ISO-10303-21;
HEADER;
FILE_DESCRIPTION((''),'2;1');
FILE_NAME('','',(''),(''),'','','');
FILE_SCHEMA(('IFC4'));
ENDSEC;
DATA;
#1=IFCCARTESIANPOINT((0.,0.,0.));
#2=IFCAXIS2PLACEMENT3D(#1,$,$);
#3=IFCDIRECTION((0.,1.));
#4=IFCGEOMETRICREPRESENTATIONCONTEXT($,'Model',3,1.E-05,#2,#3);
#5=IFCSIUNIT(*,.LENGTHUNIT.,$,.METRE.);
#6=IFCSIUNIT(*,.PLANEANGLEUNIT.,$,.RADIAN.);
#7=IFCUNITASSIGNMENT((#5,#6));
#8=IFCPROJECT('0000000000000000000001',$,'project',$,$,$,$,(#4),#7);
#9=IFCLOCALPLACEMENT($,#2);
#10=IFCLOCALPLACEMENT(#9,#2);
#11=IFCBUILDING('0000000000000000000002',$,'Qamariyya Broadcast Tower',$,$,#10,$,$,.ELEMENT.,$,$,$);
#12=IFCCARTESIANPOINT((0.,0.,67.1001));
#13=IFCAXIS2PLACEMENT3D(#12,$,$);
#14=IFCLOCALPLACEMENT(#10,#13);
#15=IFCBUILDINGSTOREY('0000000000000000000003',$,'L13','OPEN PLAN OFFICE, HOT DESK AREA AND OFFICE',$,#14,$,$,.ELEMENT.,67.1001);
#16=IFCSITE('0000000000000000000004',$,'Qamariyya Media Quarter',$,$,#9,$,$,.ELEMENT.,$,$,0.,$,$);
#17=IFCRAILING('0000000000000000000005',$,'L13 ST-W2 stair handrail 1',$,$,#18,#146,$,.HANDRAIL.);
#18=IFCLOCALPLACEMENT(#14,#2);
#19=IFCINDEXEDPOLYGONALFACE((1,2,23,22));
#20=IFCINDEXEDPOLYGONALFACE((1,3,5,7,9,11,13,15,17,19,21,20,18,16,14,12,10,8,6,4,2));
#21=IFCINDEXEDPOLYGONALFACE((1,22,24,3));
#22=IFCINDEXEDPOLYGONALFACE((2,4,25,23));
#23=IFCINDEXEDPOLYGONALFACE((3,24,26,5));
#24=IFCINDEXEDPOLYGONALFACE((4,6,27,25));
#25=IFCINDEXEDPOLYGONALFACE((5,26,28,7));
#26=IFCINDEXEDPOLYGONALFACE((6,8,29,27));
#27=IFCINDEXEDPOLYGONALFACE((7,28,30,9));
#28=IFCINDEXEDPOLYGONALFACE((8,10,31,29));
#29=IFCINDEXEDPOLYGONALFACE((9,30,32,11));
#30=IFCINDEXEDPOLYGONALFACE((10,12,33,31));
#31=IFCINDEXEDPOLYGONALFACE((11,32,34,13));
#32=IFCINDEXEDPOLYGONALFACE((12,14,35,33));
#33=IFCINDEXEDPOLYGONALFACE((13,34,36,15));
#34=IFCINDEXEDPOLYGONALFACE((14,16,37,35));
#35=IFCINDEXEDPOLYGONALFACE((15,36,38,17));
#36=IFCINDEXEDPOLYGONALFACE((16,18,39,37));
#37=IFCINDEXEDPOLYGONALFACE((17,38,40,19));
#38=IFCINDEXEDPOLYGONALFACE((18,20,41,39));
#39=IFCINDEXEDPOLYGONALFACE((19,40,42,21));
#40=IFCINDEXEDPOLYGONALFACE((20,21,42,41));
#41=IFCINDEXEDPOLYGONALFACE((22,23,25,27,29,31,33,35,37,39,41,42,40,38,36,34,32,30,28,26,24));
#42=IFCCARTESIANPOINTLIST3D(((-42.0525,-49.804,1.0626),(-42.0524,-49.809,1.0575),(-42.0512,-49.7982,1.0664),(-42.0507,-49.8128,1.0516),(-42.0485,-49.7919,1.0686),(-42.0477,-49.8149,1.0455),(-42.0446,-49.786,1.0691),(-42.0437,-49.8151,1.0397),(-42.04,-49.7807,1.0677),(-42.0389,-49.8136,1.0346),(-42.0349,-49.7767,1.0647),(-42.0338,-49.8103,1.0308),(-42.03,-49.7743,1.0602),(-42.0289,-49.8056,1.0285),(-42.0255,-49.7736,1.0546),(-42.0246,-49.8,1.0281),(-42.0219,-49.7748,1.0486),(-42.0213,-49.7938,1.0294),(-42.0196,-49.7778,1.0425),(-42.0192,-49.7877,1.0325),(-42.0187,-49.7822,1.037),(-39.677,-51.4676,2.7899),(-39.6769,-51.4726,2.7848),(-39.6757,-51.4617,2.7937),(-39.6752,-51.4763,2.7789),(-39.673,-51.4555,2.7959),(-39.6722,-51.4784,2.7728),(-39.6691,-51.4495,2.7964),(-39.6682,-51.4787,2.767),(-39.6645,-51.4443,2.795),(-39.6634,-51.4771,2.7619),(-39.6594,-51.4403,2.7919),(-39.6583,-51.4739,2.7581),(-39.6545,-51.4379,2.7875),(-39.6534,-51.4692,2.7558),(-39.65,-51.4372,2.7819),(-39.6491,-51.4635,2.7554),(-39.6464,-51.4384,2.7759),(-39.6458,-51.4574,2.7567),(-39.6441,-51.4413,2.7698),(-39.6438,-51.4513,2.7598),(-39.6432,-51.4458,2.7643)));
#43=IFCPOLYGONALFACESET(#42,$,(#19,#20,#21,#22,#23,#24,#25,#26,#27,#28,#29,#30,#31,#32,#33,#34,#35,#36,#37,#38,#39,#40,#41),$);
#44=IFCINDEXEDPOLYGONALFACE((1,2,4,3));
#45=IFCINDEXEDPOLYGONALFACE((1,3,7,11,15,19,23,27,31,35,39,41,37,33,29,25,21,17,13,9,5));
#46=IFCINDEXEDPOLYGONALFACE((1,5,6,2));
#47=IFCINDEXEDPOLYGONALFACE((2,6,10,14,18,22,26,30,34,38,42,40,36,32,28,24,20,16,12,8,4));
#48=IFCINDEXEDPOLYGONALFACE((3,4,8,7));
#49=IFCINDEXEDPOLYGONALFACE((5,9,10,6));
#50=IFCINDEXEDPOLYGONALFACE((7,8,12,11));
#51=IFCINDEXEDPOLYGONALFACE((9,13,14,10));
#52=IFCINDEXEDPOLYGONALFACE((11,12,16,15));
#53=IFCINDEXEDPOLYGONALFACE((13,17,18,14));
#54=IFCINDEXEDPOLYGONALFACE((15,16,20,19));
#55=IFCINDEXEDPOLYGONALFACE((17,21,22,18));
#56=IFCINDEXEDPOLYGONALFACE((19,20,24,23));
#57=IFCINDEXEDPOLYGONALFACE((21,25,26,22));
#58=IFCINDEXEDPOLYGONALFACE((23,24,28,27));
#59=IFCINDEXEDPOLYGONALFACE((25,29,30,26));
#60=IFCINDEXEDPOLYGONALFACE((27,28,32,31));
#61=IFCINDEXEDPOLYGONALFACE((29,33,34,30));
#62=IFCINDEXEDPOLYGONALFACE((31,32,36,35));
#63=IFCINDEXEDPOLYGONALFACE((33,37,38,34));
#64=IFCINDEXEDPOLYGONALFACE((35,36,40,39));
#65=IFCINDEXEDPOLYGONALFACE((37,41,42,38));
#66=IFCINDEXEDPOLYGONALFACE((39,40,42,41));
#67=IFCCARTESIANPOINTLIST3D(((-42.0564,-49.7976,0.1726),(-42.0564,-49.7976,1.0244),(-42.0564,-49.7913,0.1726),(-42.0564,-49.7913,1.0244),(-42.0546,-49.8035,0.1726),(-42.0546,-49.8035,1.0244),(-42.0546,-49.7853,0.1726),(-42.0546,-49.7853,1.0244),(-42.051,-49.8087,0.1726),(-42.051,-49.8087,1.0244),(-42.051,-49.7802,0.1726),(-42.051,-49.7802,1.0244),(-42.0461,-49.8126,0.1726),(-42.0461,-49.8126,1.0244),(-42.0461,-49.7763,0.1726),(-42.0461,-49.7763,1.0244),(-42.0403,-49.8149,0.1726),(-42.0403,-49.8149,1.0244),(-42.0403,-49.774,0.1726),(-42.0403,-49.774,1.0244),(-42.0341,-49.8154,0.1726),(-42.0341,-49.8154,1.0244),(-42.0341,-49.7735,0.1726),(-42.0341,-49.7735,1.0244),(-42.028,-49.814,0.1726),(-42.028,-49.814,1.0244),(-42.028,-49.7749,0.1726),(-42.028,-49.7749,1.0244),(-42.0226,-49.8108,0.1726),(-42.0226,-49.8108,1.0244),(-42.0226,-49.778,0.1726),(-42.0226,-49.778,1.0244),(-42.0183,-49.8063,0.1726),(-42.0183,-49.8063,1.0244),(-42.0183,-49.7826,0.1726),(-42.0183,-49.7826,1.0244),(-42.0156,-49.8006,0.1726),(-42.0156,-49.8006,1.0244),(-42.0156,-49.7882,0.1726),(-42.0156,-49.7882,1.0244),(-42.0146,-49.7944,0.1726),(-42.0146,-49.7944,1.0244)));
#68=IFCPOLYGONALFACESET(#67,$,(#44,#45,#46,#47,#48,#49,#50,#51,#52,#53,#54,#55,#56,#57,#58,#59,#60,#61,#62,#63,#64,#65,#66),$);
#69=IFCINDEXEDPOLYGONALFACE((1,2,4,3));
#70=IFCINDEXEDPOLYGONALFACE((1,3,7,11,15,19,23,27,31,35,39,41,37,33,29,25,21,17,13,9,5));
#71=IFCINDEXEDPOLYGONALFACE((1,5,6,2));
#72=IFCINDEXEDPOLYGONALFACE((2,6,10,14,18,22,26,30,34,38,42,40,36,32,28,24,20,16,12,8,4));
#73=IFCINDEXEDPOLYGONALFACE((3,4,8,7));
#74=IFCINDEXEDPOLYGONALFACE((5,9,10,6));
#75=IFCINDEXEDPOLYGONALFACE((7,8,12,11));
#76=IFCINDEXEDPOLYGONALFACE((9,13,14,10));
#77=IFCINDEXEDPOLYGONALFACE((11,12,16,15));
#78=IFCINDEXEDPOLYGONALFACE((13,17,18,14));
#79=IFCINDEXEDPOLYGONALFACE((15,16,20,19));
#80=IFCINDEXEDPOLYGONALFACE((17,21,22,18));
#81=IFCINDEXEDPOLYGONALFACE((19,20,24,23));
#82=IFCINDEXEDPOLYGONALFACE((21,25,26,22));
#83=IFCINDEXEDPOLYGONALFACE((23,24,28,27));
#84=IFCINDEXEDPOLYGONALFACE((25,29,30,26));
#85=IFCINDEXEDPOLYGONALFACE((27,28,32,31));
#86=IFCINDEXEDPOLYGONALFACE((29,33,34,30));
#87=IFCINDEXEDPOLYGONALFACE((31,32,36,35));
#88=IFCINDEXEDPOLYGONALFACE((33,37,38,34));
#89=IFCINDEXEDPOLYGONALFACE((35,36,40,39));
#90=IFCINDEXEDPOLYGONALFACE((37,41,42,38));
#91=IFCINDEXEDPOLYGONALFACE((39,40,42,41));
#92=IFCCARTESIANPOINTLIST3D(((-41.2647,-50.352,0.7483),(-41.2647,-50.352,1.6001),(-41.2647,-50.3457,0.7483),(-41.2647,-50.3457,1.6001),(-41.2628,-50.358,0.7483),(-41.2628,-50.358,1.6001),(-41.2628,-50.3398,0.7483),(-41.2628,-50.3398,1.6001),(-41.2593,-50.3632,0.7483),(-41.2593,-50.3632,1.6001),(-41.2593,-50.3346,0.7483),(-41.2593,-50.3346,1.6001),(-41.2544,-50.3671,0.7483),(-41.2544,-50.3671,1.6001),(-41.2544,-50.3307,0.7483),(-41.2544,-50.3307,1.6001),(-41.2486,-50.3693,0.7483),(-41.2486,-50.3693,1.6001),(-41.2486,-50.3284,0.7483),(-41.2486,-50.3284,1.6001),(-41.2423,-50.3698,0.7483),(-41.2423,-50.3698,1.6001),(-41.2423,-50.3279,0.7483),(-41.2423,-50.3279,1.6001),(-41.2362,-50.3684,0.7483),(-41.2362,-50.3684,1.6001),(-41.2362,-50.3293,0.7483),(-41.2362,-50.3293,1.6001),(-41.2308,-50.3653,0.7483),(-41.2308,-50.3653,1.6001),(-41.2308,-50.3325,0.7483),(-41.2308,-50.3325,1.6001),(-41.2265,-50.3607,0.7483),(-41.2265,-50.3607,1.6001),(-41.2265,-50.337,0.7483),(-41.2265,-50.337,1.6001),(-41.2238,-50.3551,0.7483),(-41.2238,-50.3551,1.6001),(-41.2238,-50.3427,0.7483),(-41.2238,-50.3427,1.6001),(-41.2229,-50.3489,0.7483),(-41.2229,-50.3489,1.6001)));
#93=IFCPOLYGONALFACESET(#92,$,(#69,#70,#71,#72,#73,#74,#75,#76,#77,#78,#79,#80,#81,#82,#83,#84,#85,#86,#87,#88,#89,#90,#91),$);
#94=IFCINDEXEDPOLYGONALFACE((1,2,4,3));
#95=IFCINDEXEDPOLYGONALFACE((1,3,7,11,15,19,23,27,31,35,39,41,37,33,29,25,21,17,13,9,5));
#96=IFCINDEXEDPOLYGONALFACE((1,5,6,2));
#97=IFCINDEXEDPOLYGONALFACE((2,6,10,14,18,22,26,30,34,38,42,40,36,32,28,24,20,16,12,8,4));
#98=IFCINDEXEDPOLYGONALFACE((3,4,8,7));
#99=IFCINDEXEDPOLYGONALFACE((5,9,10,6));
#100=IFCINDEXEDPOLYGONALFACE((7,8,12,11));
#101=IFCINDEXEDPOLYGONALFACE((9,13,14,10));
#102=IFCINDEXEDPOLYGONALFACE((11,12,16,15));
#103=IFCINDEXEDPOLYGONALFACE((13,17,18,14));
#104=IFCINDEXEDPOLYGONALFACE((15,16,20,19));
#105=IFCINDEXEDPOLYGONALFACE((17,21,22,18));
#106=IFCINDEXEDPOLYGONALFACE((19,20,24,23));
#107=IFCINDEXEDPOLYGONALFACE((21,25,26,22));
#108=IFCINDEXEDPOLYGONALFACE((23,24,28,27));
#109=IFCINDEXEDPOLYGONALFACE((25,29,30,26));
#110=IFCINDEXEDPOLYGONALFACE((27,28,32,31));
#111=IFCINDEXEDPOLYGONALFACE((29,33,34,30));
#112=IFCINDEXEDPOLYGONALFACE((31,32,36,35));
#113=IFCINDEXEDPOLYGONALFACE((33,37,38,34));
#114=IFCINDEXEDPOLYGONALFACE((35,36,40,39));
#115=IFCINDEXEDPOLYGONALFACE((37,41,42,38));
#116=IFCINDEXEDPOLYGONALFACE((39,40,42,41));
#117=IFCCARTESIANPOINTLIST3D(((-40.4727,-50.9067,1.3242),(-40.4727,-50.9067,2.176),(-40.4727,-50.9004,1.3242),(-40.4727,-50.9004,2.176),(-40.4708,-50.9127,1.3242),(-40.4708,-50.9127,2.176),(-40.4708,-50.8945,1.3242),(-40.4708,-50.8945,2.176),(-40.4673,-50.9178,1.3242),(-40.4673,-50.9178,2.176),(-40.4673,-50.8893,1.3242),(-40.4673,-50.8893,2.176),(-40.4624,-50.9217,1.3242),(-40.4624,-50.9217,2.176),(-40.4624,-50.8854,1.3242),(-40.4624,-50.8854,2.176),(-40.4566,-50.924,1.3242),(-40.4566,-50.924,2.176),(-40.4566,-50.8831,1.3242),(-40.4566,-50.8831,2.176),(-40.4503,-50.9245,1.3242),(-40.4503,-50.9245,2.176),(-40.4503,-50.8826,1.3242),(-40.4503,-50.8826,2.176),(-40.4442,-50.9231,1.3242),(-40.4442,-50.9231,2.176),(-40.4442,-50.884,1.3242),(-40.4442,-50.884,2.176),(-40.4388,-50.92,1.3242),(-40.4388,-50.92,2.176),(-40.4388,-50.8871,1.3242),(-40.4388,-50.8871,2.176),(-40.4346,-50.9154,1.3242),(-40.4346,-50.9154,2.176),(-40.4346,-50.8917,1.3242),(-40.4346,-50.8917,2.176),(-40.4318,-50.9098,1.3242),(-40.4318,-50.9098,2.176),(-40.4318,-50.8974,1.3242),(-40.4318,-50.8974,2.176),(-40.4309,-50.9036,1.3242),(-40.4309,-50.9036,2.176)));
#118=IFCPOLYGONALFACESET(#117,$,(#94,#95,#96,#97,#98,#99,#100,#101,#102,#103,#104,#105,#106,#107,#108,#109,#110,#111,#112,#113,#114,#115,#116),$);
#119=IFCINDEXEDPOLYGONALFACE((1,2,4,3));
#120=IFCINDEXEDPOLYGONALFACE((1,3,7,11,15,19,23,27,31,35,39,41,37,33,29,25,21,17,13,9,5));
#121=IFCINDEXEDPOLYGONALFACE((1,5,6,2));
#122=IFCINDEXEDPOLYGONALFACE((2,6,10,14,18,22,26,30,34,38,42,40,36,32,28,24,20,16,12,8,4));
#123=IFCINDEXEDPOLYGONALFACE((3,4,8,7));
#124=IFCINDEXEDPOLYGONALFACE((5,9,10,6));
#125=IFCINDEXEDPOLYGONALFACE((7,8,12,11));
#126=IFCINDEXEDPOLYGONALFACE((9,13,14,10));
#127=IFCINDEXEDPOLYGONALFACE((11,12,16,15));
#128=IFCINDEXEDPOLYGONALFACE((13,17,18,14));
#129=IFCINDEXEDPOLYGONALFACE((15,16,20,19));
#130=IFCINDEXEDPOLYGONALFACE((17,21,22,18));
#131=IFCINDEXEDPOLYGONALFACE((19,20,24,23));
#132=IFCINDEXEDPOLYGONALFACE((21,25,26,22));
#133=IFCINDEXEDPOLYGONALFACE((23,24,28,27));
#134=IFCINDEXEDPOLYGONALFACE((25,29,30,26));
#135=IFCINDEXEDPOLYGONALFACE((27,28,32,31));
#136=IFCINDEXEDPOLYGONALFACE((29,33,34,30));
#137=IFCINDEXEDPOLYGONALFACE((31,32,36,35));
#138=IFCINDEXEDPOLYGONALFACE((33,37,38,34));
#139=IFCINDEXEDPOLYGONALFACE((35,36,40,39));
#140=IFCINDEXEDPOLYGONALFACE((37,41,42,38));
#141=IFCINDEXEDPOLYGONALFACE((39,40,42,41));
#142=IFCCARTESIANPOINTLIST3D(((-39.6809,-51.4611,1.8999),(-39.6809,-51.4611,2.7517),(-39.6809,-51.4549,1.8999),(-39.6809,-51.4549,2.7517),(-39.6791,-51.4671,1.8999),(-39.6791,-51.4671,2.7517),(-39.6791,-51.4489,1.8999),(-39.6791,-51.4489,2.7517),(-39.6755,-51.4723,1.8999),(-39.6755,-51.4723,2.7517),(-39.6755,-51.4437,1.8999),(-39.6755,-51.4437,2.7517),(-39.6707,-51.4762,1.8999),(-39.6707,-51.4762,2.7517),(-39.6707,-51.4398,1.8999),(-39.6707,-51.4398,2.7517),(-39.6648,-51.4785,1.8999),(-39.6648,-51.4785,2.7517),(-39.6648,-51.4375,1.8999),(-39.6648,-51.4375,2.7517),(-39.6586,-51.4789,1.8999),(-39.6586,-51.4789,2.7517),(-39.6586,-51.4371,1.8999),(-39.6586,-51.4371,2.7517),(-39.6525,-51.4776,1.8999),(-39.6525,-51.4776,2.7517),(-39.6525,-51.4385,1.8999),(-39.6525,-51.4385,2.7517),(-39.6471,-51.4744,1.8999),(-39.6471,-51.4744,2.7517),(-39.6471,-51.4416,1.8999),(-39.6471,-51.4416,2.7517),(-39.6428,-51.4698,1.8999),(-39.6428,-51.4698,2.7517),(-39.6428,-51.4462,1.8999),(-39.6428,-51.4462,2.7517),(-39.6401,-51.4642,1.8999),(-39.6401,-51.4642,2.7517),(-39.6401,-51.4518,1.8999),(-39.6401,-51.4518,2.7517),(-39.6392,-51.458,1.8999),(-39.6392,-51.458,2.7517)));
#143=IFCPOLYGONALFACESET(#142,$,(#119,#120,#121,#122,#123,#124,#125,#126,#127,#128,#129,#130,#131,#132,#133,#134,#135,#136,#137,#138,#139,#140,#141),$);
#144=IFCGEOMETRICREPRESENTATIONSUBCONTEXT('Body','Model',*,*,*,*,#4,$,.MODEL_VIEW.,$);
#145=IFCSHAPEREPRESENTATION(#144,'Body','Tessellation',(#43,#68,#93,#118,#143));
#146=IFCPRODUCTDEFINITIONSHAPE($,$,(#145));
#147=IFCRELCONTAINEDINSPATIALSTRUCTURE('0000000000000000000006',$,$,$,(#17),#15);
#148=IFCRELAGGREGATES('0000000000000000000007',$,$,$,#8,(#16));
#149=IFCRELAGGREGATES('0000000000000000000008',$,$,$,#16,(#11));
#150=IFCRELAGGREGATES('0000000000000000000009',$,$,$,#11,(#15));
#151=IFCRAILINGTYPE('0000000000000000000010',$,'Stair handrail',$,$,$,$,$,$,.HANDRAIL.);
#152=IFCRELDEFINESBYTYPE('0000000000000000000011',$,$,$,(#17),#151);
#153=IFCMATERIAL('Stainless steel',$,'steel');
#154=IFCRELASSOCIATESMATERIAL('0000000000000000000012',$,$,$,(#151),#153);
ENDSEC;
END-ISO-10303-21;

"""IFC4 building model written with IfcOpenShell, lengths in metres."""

from ifc_helpers import new_model, si_unit, direction, frame, origin, origin_2d, place, context, subcontext, project, spatial, circle, extrude, material, type_object, element, save


model = new_model("IFC4")

# Units and contexts
model_context = context("Model", 3, precision=1e-05, world=origin(), true_north=direction((0.0, 1.0)))
body_context = subcontext(model_context, "Body", "Model", "MODEL_VIEW")
ifc_project = project(units=[si_unit("LENGTHUNIT", "METRE"), si_unit("PLANEANGLEUNIT", "RADIAN")], contexts=[model_context])

# Site, building, storey
site_placement = place(None, origin())
site = spatial("IfcSite", under=ifc_project, at=site_placement, Name="Qamariyya Media Quarter", CompositionType="ELEMENT", RefElevation=0.0)
building_placement = place(site_placement, origin())
building = spatial("IfcBuilding", under=site, at=building_placement, Name="Qamariyya Broadcast Tower", CompositionType="ELEMENT")
storey_placement = place(building_placement, frame((0.0, 0.0, 67.1001)))
storey = spatial("IfcBuildingStorey", under=building, at=storey_placement, Name="L13", Description="OPEN PLAN OFFICE, HOT DESK AREA AND OFFICE", CompositionType="ELEMENT", Elevation=67.1001)

# Railing
ifc_material_1 = material(Name="Stainless steel", Category="steel")
railing_type_1 = type_object("IfcRailingType", Name="Stair handrail", PredefinedType="HANDRAIL", material=ifc_material_1)
railing_1_placement = place(storey_placement, frame((-42.0356, -49.7944, 0.1726)))
element("IfcRailing", 1, at=railing_1_placement, inside=storey, type_object=railing_type_1, Name="L13 ST-W2 stair handrail 1", PredefinedType="HANDRAIL", context=body_context, shape_type="SweptSolid", body=[
    extrude(circle(Radius=0.0239, at=origin_2d()), frame((0.0, 0.0, 0.876), z_axis=(0.703745, -0.492838, 0.511716), x_axis=(0.573632, 0.819113, 0.0)), (0.0, 0.0, 1.0), 3.3755),
    extrude(circle(Radius=0.021, at=origin_2d()), origin(), (0.0, 0.0, 1.0), 0.8518),
    extrude(circle(Radius=0.021, at=origin_2d()), frame((0.7917, -0.5544, 0.5757)), (0.0, 0.0, 1.0), 0.8518),
    extrude(circle(Radius=0.021, at=origin_2d()), frame((1.5837, -1.1091, 1.1516)), (0.0, 0.0, 1.0), 0.8518),
    extrude(circle(Radius=0.021, at=origin_2d()), frame((2.3755, -1.6636, 1.7273)), (0.0, 0.0, 1.0), 0.8518),
])

save(model, "model.ifc")
